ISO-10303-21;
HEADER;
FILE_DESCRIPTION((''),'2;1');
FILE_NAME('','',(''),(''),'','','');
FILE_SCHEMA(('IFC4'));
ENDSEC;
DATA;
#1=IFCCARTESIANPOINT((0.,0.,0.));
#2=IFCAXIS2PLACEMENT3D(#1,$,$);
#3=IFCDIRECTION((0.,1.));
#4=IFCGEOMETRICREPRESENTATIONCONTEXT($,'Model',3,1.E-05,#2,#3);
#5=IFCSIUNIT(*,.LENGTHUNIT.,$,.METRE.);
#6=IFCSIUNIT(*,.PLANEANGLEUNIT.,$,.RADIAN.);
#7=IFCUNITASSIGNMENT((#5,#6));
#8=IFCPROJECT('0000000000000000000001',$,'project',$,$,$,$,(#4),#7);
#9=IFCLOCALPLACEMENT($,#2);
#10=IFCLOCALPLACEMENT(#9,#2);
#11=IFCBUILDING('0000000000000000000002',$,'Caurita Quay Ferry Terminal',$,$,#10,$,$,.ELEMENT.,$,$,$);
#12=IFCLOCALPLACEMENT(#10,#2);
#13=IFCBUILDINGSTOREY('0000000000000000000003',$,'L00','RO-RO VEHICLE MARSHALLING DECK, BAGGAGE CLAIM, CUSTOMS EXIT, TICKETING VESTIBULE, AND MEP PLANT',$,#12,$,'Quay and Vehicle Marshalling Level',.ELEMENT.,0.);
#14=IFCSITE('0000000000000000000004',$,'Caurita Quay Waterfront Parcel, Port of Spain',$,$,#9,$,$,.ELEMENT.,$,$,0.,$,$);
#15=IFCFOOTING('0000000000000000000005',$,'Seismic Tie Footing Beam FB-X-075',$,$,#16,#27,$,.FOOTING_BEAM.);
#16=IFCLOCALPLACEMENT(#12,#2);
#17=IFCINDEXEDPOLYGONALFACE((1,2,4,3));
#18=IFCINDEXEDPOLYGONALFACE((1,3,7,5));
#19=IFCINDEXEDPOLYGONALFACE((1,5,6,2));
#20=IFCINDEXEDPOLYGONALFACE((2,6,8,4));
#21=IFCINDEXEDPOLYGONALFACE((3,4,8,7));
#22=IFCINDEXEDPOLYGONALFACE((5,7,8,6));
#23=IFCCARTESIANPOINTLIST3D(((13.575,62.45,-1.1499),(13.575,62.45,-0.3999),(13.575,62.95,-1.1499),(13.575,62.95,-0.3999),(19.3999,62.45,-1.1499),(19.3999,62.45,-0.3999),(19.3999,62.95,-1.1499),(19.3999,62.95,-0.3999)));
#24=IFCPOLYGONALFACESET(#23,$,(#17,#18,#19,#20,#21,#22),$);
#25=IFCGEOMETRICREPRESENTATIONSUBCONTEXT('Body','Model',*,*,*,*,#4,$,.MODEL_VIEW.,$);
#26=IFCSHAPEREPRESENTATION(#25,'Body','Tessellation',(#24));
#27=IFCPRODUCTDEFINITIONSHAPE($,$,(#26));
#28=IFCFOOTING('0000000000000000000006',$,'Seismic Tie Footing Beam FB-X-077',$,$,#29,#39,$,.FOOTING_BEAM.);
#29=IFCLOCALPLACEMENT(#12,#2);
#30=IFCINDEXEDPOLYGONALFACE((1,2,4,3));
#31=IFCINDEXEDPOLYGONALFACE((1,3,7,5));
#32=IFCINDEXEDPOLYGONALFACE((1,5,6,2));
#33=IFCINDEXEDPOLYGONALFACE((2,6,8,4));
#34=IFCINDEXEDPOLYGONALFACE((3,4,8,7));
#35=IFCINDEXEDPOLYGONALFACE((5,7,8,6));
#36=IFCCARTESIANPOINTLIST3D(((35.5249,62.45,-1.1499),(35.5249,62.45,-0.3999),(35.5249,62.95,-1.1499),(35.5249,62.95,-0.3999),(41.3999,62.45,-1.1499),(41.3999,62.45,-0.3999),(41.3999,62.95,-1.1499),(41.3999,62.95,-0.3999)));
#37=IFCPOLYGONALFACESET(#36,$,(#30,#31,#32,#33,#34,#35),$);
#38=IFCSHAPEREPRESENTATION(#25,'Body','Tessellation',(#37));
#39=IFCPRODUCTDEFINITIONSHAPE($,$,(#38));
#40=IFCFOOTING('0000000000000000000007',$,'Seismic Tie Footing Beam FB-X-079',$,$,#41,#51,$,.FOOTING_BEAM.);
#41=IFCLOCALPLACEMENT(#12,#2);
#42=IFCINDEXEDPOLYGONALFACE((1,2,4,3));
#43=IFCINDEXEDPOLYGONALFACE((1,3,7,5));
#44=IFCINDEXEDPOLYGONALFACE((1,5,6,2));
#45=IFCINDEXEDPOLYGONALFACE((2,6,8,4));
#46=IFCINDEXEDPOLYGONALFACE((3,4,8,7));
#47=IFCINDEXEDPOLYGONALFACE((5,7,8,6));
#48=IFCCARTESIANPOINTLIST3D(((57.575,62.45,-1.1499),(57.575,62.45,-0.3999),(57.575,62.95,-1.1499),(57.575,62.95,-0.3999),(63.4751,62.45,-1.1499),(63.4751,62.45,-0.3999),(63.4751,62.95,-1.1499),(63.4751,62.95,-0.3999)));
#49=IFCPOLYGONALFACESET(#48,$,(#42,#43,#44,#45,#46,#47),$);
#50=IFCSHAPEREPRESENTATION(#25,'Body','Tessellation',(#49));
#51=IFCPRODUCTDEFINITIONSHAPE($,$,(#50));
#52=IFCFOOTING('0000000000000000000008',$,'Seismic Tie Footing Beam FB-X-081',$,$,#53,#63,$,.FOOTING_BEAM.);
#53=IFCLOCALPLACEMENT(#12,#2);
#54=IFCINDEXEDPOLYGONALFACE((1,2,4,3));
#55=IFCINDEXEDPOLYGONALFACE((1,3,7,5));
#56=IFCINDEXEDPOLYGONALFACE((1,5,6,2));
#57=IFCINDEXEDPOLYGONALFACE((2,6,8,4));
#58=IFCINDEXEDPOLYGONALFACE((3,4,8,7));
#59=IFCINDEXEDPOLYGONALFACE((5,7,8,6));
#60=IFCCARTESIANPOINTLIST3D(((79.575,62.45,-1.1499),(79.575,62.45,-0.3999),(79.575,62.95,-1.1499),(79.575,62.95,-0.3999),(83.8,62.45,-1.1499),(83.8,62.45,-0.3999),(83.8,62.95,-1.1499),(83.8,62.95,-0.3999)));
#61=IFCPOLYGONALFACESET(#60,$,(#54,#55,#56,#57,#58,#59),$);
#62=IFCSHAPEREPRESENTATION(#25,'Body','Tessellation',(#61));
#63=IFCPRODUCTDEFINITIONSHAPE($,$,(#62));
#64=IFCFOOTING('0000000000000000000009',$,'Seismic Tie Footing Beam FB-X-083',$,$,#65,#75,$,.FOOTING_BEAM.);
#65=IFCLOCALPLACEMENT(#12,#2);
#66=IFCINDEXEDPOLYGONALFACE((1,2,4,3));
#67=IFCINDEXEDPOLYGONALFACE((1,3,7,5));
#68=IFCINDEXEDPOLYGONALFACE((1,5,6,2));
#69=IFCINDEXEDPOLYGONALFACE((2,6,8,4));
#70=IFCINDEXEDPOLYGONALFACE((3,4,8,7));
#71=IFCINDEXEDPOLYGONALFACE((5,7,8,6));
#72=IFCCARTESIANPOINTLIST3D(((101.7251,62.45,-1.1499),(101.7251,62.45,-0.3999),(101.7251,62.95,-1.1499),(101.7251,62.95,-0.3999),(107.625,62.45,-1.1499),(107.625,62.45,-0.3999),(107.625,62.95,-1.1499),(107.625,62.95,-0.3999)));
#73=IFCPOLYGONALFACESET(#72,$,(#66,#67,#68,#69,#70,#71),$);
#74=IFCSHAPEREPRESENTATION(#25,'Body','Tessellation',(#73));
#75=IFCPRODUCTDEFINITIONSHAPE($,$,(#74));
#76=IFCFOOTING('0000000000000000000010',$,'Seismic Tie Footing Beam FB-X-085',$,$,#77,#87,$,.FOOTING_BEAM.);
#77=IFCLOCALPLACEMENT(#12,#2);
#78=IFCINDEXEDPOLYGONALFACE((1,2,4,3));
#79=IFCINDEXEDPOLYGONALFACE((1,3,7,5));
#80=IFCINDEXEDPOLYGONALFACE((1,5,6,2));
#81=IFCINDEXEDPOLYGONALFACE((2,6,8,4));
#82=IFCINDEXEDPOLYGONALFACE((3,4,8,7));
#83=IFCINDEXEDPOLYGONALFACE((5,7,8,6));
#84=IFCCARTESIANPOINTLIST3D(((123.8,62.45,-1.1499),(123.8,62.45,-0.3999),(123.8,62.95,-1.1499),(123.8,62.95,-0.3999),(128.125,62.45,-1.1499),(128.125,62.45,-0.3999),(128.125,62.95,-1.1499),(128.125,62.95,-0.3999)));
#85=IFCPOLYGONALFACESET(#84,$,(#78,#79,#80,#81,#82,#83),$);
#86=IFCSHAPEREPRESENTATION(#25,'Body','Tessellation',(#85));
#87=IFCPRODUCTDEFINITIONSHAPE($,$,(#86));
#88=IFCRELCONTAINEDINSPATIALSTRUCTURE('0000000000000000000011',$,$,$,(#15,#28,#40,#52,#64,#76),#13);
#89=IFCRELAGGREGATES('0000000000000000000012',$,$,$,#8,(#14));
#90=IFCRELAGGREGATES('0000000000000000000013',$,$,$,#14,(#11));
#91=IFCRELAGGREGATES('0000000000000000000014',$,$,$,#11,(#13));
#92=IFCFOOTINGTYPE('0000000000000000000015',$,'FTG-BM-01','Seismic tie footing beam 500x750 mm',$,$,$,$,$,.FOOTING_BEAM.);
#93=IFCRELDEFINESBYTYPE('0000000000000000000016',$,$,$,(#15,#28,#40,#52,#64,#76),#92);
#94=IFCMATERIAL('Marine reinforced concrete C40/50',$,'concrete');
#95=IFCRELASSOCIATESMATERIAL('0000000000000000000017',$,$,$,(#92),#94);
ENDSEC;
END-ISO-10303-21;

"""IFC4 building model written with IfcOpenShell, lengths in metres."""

from ifc_helpers import new_model, si_unit, direction, frame, origin, place, context, subcontext, project, spatial, polyline, outline, extrude, material, type_object, element, save


model = new_model("IFC4")

# Units and contexts
model_context = context("Model", 3, precision=1e-05, world=origin(), true_north=direction((0.0, 1.0)))
body_context = subcontext(model_context, "Body", "Model", "MODEL_VIEW")
ifc_project = project(units=[si_unit("LENGTHUNIT", "METRE"), si_unit("PLANEANGLEUNIT", "RADIAN")], contexts=[model_context])

# Site, building, storey
site_placement = place(None, origin())
site = spatial("IfcSite", under=ifc_project, at=site_placement, Name="Caurita Quay Waterfront Parcel, Port of Spain", CompositionType="ELEMENT", RefElevation=0.0)
building_placement = place(site_placement, origin())
building = spatial("IfcBuilding", under=site, at=building_placement, Name="Caurita Quay Ferry Terminal", CompositionType="ELEMENT")
storey_placement = place(building_placement, origin())
storey = spatial("IfcBuildingStorey", under=building, at=storey_placement, Name="L00", Description="RO-RO VEHICLE MARSHALLING DECK, BAGGAGE CLAIM, CUSTOMS EXIT, TICKETING VESTIBULE, AND MEP PLANT", LongName="Quay and Vehicle Marshalling Level", CompositionType="ELEMENT", Elevation=0.0)

# Footings
ifc_material = material(Name="Marine reinforced concrete C40/50", Category="concrete")
footing_type = type_object("IfcFootingType", Name="FTG-BM-01", Description="Seismic tie footing beam 500x750 mm", PredefinedType="FOOTING_BEAM", material=ifc_material)
footing_1_placement = place(storey_placement, frame((0.0, 0.0, -1.1499)))
element("IfcFooting", 1, at=footing_1_placement, inside=storey, type_object=footing_type, Name="Seismic Tie Footing Beam FB-X-075", PredefinedType="FOOTING_BEAM", context=body_context, shape_type="SweptSolid", body=[
    extrude(outline(polyline([(13.575, 62.45), (19.3999, 62.45), (19.3999, 62.95), (13.575, 62.95), (13.575, 62.45)])), origin(), (0.0, 0.0, 1.0), 0.75),
])
footing_2_placement = place(storey_placement, frame((0.0, 0.0, -1.1499)))
element("IfcFooting", 2, at=footing_2_placement, inside=storey, type_object=footing_type, Name="Seismic Tie Footing Beam FB-X-077", PredefinedType="FOOTING_BEAM", context=body_context, shape_type="SweptSolid", body=[
    extrude(outline(polyline([(35.5249, 62.45), (41.3999, 62.45), (41.3999, 62.95), (35.5249, 62.95), (35.5249, 62.45)])), origin(), (0.0, 0.0, 1.0), 0.75),
])
footing_3_placement = place(storey_placement, frame((0.0, 0.0, -1.1499)))
element("IfcFooting", 3, at=footing_3_placement, inside=storey, type_object=footing_type, Name="Seismic Tie Footing Beam FB-X-079", PredefinedType="FOOTING_BEAM", context=body_context, shape_type="SweptSolid", body=[
    extrude(outline(polyline([(57.575, 62.45), (63.4751, 62.45), (63.4751, 62.95), (57.575, 62.95), (57.575, 62.45)])), origin(), (0.0, 0.0, 1.0), 0.75),
])
footing_4_placement = place(storey_placement, frame((0.0, 0.0, -1.1499)))
element("IfcFooting", 4, at=footing_4_placement, inside=storey, type_object=footing_type, Name="Seismic Tie Footing Beam FB-X-081", PredefinedType="FOOTING_BEAM", context=body_context, shape_type="SweptSolid", body=[
    extrude(outline(polyline([(79.575, 62.45), (83.8, 62.45), (83.8, 62.95), (79.575, 62.95), (79.575, 62.45)])), origin(), (0.0, 0.0, 1.0), 0.75),
])
footing_5_placement = place(storey_placement, frame((0.0, 0.0, -1.1499)))
element("IfcFooting", 5, at=footing_5_placement, inside=storey, type_object=footing_type, Name="Seismic Tie Footing Beam FB-X-083", PredefinedType="FOOTING_BEAM", context=body_context, shape_type="SweptSolid", body=[
    extrude(outline(polyline([(101.7251, 62.45), (107.625, 62.45), (107.625, 62.95), (101.7251, 62.95), (101.7251, 62.45)])), origin(), (0.0, 0.0, 1.0), 0.75),
])
footing_6_placement = place(storey_placement, frame((0.0, 0.0, -1.1499)))
element("IfcFooting", 6, at=footing_6_placement, inside=storey, type_object=footing_type, Name="Seismic Tie Footing Beam FB-X-085", PredefinedType="FOOTING_BEAM", context=body_context, shape_type="SweptSolid", body=[
    extrude(outline(polyline([(123.8, 62.45), (128.125, 62.45), (128.125, 62.95), (123.8, 62.95), (123.8, 62.45)])), origin(), (0.0, 0.0, 1.0), 0.75),
])

save(model, "model.ifc")
